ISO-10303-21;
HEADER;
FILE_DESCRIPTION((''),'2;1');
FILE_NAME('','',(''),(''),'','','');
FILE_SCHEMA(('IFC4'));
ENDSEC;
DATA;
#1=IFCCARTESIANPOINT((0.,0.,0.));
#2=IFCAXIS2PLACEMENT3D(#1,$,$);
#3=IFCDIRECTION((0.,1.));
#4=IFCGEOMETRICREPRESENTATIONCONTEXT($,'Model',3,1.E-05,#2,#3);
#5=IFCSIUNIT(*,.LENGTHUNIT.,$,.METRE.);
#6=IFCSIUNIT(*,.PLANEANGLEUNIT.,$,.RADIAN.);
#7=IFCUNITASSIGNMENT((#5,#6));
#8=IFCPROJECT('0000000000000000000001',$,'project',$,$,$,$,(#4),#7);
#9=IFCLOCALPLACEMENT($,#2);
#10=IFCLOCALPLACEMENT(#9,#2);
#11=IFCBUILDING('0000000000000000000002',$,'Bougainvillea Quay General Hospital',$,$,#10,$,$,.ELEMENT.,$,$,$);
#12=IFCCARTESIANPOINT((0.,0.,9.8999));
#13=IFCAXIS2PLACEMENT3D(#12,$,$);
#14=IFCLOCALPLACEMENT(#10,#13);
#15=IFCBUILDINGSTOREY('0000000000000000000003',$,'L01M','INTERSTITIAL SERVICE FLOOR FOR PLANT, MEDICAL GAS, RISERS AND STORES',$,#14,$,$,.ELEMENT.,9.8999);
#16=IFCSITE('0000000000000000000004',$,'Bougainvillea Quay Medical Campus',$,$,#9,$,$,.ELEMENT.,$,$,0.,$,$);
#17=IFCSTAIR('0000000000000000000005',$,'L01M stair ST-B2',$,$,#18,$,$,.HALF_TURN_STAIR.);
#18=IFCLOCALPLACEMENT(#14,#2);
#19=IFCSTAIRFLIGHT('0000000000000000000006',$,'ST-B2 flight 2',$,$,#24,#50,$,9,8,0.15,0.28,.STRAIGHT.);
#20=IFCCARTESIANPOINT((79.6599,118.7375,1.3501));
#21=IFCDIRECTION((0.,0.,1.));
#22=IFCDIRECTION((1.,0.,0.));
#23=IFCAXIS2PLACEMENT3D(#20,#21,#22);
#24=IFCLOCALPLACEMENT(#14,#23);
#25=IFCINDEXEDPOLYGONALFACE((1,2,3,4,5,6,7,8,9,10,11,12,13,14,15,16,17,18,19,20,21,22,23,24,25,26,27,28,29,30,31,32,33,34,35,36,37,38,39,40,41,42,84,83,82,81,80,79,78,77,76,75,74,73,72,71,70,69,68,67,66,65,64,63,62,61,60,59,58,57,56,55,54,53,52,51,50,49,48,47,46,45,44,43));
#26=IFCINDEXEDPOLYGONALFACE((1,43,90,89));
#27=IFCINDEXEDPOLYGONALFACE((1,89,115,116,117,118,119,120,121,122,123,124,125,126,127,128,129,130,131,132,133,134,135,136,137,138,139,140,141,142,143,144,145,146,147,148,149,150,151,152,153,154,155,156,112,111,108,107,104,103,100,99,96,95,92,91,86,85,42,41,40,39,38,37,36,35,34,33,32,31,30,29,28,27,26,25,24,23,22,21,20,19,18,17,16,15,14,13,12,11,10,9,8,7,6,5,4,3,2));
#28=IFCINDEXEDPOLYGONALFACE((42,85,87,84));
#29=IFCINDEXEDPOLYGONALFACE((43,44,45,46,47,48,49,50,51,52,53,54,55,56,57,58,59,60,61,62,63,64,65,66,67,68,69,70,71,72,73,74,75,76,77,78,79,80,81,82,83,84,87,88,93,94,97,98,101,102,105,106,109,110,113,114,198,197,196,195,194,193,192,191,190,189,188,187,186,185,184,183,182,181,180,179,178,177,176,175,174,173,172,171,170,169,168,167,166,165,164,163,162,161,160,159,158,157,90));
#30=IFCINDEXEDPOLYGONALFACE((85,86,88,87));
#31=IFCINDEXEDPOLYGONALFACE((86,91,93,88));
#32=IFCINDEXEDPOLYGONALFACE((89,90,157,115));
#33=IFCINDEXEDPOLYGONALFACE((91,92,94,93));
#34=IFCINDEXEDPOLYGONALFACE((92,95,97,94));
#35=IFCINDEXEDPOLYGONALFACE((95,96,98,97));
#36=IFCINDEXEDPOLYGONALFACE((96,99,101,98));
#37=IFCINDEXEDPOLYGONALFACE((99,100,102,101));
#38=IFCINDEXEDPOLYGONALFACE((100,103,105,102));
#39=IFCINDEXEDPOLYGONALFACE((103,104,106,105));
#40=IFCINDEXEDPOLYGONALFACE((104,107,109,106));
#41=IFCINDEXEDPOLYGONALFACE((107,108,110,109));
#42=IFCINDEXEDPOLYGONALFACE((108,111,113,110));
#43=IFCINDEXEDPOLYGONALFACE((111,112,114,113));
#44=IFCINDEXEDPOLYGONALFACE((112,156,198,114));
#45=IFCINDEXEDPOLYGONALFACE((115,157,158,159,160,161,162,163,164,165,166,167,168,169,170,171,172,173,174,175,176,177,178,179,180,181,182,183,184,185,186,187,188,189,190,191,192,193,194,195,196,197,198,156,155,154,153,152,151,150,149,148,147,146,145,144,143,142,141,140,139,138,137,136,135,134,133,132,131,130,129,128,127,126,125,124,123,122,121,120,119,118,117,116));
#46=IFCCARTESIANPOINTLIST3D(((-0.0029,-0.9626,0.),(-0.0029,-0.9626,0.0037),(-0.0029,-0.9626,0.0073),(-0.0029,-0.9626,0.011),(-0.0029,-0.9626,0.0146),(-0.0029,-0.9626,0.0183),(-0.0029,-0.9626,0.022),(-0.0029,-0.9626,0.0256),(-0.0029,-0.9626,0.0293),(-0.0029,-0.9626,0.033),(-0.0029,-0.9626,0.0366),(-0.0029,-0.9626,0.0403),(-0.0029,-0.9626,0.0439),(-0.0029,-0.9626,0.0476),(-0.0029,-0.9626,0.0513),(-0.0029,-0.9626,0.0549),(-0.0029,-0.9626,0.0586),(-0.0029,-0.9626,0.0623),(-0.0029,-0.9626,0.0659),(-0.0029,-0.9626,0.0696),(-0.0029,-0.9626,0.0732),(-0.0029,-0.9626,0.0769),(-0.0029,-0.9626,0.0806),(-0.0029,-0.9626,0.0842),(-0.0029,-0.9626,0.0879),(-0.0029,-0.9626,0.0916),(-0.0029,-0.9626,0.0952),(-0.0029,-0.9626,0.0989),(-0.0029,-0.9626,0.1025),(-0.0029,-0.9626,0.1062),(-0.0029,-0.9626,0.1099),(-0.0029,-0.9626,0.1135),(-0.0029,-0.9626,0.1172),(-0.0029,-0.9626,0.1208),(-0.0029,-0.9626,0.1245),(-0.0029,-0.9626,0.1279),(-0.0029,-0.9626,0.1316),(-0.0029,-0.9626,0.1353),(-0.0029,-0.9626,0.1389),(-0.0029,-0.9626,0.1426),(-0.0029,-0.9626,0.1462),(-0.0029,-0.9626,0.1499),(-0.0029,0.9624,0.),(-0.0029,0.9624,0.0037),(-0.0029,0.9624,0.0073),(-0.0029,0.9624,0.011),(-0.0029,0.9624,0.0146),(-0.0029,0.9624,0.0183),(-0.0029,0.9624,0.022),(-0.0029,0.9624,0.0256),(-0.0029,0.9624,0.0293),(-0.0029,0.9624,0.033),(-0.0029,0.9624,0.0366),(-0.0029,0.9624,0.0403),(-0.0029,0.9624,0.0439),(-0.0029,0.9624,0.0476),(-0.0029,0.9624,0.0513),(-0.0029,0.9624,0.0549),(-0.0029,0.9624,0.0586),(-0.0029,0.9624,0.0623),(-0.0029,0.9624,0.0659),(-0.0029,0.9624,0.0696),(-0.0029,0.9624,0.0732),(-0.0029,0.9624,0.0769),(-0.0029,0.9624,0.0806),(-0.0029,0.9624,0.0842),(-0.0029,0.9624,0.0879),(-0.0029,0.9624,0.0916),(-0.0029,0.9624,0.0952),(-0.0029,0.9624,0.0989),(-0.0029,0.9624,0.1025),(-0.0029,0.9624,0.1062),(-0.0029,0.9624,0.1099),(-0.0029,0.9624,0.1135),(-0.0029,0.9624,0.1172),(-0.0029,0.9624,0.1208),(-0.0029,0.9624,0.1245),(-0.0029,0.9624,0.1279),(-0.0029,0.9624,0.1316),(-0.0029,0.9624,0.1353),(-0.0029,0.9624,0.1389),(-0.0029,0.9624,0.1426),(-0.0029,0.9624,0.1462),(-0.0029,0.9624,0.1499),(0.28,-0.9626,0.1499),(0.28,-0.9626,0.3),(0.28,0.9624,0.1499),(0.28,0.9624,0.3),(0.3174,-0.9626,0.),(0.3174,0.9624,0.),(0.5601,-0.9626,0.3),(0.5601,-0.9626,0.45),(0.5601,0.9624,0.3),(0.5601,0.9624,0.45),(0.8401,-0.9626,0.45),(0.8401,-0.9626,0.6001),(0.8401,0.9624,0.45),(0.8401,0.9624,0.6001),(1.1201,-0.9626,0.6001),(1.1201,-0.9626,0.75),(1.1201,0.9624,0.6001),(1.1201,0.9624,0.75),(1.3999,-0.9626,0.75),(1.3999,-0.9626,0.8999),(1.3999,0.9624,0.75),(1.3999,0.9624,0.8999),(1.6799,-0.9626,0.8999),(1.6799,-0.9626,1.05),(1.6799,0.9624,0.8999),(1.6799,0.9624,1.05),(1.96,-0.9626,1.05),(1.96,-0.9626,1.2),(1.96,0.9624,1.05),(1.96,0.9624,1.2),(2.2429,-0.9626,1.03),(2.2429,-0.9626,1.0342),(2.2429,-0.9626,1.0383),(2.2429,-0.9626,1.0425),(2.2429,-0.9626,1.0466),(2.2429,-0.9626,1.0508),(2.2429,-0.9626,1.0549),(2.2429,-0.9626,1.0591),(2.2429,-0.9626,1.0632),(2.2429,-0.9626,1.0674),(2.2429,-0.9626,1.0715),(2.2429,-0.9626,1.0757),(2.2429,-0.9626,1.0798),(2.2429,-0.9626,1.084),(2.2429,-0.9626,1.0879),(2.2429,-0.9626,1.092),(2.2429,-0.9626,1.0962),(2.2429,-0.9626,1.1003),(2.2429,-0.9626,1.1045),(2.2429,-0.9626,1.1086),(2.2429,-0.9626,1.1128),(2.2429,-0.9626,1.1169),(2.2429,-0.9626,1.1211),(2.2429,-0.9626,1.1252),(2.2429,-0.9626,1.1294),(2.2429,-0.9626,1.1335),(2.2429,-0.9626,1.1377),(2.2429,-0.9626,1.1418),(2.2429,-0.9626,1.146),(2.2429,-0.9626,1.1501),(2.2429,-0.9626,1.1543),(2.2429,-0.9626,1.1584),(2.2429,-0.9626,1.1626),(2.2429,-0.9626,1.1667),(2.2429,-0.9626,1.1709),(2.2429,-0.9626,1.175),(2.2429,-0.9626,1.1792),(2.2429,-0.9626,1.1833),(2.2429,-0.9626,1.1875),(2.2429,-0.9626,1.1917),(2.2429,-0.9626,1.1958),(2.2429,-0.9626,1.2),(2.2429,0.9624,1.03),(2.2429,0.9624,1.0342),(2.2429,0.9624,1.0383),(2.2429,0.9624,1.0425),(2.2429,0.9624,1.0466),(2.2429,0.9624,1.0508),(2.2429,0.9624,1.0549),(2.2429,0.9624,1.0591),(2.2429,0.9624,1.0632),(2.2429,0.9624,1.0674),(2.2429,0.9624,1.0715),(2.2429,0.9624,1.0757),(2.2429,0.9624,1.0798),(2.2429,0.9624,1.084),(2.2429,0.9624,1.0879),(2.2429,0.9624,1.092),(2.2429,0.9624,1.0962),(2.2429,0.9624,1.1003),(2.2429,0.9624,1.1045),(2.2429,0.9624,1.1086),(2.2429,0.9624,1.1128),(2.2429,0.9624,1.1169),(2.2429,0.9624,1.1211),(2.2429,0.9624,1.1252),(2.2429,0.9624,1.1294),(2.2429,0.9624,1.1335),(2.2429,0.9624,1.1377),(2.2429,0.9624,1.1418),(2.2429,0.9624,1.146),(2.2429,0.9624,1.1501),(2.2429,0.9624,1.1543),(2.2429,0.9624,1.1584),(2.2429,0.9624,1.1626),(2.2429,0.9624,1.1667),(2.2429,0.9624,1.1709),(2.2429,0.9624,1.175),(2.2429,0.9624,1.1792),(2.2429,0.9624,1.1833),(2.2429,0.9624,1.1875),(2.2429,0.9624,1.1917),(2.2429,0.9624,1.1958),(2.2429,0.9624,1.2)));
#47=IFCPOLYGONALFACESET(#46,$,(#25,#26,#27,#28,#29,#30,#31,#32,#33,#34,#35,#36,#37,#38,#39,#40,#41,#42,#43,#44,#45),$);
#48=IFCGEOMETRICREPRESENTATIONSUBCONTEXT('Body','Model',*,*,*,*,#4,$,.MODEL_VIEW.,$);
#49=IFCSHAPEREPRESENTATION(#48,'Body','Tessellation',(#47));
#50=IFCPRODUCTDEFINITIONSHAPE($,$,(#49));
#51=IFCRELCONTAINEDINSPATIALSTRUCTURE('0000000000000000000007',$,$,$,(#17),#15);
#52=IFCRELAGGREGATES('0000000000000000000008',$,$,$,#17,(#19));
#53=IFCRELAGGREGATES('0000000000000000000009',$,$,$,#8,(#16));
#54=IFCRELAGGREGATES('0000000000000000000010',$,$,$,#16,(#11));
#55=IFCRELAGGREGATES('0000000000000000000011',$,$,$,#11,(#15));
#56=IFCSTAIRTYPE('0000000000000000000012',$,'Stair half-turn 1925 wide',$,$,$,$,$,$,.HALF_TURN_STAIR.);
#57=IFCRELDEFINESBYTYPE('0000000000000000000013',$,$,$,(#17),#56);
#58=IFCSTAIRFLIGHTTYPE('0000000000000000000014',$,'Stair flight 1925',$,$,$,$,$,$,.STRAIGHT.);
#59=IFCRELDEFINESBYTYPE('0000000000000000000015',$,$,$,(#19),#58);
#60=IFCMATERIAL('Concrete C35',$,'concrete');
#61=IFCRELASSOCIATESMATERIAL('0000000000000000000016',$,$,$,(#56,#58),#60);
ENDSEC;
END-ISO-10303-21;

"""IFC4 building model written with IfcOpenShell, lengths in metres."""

from ifc_helpers import new_model, si_unit, direction, frame, origin, place, context, subcontext, project, spatial, polyline, outline, extrude, material, type_object, element, aggregate, save


model = new_model("IFC4")

# Units and contexts
model_context = context("Model", 3, precision=1e-05, world=origin(), true_north=direction((0.0, 1.0)))
body_context = subcontext(model_context, "Body", "Model", "MODEL_VIEW")
ifc_project = project(units=[si_unit("LENGTHUNIT", "METRE"), si_unit("PLANEANGLEUNIT", "RADIAN")], contexts=[model_context])

# Site, building, storey
site_placement = place(None, origin())
site = spatial("IfcSite", under=ifc_project, at=site_placement, Name="Bougainvillea Quay Medical Campus", CompositionType="ELEMENT", RefElevation=0.0)
building_placement = place(site_placement, origin())
building = spatial("IfcBuilding", under=site, at=building_placement, Name="Bougainvillea Quay General Hospital", CompositionType="ELEMENT")
storey_placement = place(building_placement, frame((0.0, 0.0, 9.8999)))
storey = spatial("IfcBuildingStorey", under=building, at=storey_placement, Name="L01M", Description="INTERSTITIAL SERVICE FLOOR FOR PLANT, MEDICAL GAS, RISERS AND STORES", CompositionType="ELEMENT", Elevation=9.8999)

# Stair, stair flight
ifc_material_1 = material(Name="Concrete C35", Category="concrete")
stair_type = type_object("IfcStairType", Name="Stair half-turn 1925 wide", PredefinedType="HALF_TURN_STAIR", material=ifc_material_1)
stair_placement = place(storey_placement, origin())
stair = element("IfcStair", 1, at=stair_placement, inside=storey, type_object=stair_type, Name="L01M stair ST-B2", PredefinedType="HALF_TURN_STAIR")
stair_flight_type = type_object("IfcStairFlightType", Name="Stair flight 1925", PredefinedType="STRAIGHT", material=ifc_material_1)
stair_flight_1_placement = place(storey_placement, frame((79.6599, 118.7375, 1.3501), z_axis=(0.0, 0.0, 1.0), x_axis=(1.0, 0.0, 0.0)))
stair_flight_1 = element("IfcStairFlight", 2, at=stair_flight_1_placement, type_object=stair_flight_type, Name="ST-B2 flight 2", NumberOfRisers=9, NumberOfTreads=8, PredefinedType="STRAIGHT", RiserHeight=0.15, TreadLength=0.28, context=body_context, shape_type="SweptSolid", body=[
    extrude(outline(polyline([(-0.0029, 0.0), (-0.0029, 0.0037), (-0.0029, 0.0073), (-0.0029, 0.011), (-0.0029, 0.0146), (-0.0029, 0.0183), (-0.0029, 0.022), (-0.0029, 0.0256), (-0.0029, 0.0293), (-0.0029, 0.033), (-0.0029, 0.0366), (-0.0029, 0.0403), (-0.0029, 0.0439), (-0.0029, 0.0476), (-0.0029, 0.0513), (-0.0029, 0.0549), (-0.0029, 0.0586), (-0.0029, 0.0623), (-0.0029, 0.0659), (-0.0029, 0.0696), (-0.0029, 0.0732), (-0.0029, 0.0769), (-0.0029, 0.0806), (-0.0029, 0.0842), (-0.0029, 0.0879), (-0.0029, 0.0916), (-0.0029, 0.0952), (-0.0029, 0.0989), (-0.0029, 0.1025), (-0.0029, 0.1062), (-0.0029, 0.1099), (-0.0029, 0.1135), (-0.0029, 0.1172), (-0.0029, 0.1208), (-0.0029, 0.1245), (-0.0029, 0.1279), (-0.0029, 0.1316), (-0.0029, 0.1353), (-0.0029, 0.1389), (-0.0029, 0.1426), (-0.0029, 0.1462), (-0.0029, 0.1499), (0.28, 0.1499), (0.28, 0.3), (0.5601, 0.3), (0.5601, 0.45), (0.8401, 0.45), (0.8401, 0.6001), (1.1201, 0.6001), (1.1201, 0.75), (1.3999, 0.75), (1.3999, 0.8999), (1.6799, 0.8999), (1.6799, 1.05), (1.96, 1.05), (1.96, 1.2), (2.2429, 1.2), (2.2429, 1.1958), (2.2429, 1.1917), (2.2429, 1.1875), (2.2429, 1.1833), (2.2429, 1.1792), (2.2429, 1.175), (2.2429, 1.1709), (2.2429, 1.1667), (2.2429, 1.1626), (2.2429, 1.1584), (2.2429, 1.1543), (2.2429, 1.1501), (2.2429, 1.146), (2.2429, 1.1418), (2.2429, 1.1377), (2.2429, 1.1335), (2.2429, 1.1294), (2.2429, 1.1252), (2.2429, 1.1211), (2.2429, 1.1169), (2.2429, 1.1128), (2.2429, 1.1086), (2.2429, 1.1045), (2.2429, 1.1003), (2.2429, 1.0962), (2.2429, 1.092), (2.2429, 1.0879), (2.2429, 1.084), (2.2429, 1.0798), (2.2429, 1.0757), (2.2429, 1.0715), (2.2429, 1.0674), (2.2429, 1.0632), (2.2429, 1.0591), (2.2429, 1.0549), (2.2429, 1.0508), (2.2429, 1.0466), (2.2429, 1.0425), (2.2429, 1.0383), (2.2429, 1.0342), (2.2429, 1.03), (0.3174, 0.0), (-0.0029, 0.0)])), frame((0.0, 0.9624, 0.0), z_axis=(0.0, -1.0, 0.0), x_axis=(1.0, 0.0, 0.0)), (0.0, 0.0, 1.0), 1.925),
])
aggregate(stair, [stair_flight_1])

save(model, "model.ifc")
